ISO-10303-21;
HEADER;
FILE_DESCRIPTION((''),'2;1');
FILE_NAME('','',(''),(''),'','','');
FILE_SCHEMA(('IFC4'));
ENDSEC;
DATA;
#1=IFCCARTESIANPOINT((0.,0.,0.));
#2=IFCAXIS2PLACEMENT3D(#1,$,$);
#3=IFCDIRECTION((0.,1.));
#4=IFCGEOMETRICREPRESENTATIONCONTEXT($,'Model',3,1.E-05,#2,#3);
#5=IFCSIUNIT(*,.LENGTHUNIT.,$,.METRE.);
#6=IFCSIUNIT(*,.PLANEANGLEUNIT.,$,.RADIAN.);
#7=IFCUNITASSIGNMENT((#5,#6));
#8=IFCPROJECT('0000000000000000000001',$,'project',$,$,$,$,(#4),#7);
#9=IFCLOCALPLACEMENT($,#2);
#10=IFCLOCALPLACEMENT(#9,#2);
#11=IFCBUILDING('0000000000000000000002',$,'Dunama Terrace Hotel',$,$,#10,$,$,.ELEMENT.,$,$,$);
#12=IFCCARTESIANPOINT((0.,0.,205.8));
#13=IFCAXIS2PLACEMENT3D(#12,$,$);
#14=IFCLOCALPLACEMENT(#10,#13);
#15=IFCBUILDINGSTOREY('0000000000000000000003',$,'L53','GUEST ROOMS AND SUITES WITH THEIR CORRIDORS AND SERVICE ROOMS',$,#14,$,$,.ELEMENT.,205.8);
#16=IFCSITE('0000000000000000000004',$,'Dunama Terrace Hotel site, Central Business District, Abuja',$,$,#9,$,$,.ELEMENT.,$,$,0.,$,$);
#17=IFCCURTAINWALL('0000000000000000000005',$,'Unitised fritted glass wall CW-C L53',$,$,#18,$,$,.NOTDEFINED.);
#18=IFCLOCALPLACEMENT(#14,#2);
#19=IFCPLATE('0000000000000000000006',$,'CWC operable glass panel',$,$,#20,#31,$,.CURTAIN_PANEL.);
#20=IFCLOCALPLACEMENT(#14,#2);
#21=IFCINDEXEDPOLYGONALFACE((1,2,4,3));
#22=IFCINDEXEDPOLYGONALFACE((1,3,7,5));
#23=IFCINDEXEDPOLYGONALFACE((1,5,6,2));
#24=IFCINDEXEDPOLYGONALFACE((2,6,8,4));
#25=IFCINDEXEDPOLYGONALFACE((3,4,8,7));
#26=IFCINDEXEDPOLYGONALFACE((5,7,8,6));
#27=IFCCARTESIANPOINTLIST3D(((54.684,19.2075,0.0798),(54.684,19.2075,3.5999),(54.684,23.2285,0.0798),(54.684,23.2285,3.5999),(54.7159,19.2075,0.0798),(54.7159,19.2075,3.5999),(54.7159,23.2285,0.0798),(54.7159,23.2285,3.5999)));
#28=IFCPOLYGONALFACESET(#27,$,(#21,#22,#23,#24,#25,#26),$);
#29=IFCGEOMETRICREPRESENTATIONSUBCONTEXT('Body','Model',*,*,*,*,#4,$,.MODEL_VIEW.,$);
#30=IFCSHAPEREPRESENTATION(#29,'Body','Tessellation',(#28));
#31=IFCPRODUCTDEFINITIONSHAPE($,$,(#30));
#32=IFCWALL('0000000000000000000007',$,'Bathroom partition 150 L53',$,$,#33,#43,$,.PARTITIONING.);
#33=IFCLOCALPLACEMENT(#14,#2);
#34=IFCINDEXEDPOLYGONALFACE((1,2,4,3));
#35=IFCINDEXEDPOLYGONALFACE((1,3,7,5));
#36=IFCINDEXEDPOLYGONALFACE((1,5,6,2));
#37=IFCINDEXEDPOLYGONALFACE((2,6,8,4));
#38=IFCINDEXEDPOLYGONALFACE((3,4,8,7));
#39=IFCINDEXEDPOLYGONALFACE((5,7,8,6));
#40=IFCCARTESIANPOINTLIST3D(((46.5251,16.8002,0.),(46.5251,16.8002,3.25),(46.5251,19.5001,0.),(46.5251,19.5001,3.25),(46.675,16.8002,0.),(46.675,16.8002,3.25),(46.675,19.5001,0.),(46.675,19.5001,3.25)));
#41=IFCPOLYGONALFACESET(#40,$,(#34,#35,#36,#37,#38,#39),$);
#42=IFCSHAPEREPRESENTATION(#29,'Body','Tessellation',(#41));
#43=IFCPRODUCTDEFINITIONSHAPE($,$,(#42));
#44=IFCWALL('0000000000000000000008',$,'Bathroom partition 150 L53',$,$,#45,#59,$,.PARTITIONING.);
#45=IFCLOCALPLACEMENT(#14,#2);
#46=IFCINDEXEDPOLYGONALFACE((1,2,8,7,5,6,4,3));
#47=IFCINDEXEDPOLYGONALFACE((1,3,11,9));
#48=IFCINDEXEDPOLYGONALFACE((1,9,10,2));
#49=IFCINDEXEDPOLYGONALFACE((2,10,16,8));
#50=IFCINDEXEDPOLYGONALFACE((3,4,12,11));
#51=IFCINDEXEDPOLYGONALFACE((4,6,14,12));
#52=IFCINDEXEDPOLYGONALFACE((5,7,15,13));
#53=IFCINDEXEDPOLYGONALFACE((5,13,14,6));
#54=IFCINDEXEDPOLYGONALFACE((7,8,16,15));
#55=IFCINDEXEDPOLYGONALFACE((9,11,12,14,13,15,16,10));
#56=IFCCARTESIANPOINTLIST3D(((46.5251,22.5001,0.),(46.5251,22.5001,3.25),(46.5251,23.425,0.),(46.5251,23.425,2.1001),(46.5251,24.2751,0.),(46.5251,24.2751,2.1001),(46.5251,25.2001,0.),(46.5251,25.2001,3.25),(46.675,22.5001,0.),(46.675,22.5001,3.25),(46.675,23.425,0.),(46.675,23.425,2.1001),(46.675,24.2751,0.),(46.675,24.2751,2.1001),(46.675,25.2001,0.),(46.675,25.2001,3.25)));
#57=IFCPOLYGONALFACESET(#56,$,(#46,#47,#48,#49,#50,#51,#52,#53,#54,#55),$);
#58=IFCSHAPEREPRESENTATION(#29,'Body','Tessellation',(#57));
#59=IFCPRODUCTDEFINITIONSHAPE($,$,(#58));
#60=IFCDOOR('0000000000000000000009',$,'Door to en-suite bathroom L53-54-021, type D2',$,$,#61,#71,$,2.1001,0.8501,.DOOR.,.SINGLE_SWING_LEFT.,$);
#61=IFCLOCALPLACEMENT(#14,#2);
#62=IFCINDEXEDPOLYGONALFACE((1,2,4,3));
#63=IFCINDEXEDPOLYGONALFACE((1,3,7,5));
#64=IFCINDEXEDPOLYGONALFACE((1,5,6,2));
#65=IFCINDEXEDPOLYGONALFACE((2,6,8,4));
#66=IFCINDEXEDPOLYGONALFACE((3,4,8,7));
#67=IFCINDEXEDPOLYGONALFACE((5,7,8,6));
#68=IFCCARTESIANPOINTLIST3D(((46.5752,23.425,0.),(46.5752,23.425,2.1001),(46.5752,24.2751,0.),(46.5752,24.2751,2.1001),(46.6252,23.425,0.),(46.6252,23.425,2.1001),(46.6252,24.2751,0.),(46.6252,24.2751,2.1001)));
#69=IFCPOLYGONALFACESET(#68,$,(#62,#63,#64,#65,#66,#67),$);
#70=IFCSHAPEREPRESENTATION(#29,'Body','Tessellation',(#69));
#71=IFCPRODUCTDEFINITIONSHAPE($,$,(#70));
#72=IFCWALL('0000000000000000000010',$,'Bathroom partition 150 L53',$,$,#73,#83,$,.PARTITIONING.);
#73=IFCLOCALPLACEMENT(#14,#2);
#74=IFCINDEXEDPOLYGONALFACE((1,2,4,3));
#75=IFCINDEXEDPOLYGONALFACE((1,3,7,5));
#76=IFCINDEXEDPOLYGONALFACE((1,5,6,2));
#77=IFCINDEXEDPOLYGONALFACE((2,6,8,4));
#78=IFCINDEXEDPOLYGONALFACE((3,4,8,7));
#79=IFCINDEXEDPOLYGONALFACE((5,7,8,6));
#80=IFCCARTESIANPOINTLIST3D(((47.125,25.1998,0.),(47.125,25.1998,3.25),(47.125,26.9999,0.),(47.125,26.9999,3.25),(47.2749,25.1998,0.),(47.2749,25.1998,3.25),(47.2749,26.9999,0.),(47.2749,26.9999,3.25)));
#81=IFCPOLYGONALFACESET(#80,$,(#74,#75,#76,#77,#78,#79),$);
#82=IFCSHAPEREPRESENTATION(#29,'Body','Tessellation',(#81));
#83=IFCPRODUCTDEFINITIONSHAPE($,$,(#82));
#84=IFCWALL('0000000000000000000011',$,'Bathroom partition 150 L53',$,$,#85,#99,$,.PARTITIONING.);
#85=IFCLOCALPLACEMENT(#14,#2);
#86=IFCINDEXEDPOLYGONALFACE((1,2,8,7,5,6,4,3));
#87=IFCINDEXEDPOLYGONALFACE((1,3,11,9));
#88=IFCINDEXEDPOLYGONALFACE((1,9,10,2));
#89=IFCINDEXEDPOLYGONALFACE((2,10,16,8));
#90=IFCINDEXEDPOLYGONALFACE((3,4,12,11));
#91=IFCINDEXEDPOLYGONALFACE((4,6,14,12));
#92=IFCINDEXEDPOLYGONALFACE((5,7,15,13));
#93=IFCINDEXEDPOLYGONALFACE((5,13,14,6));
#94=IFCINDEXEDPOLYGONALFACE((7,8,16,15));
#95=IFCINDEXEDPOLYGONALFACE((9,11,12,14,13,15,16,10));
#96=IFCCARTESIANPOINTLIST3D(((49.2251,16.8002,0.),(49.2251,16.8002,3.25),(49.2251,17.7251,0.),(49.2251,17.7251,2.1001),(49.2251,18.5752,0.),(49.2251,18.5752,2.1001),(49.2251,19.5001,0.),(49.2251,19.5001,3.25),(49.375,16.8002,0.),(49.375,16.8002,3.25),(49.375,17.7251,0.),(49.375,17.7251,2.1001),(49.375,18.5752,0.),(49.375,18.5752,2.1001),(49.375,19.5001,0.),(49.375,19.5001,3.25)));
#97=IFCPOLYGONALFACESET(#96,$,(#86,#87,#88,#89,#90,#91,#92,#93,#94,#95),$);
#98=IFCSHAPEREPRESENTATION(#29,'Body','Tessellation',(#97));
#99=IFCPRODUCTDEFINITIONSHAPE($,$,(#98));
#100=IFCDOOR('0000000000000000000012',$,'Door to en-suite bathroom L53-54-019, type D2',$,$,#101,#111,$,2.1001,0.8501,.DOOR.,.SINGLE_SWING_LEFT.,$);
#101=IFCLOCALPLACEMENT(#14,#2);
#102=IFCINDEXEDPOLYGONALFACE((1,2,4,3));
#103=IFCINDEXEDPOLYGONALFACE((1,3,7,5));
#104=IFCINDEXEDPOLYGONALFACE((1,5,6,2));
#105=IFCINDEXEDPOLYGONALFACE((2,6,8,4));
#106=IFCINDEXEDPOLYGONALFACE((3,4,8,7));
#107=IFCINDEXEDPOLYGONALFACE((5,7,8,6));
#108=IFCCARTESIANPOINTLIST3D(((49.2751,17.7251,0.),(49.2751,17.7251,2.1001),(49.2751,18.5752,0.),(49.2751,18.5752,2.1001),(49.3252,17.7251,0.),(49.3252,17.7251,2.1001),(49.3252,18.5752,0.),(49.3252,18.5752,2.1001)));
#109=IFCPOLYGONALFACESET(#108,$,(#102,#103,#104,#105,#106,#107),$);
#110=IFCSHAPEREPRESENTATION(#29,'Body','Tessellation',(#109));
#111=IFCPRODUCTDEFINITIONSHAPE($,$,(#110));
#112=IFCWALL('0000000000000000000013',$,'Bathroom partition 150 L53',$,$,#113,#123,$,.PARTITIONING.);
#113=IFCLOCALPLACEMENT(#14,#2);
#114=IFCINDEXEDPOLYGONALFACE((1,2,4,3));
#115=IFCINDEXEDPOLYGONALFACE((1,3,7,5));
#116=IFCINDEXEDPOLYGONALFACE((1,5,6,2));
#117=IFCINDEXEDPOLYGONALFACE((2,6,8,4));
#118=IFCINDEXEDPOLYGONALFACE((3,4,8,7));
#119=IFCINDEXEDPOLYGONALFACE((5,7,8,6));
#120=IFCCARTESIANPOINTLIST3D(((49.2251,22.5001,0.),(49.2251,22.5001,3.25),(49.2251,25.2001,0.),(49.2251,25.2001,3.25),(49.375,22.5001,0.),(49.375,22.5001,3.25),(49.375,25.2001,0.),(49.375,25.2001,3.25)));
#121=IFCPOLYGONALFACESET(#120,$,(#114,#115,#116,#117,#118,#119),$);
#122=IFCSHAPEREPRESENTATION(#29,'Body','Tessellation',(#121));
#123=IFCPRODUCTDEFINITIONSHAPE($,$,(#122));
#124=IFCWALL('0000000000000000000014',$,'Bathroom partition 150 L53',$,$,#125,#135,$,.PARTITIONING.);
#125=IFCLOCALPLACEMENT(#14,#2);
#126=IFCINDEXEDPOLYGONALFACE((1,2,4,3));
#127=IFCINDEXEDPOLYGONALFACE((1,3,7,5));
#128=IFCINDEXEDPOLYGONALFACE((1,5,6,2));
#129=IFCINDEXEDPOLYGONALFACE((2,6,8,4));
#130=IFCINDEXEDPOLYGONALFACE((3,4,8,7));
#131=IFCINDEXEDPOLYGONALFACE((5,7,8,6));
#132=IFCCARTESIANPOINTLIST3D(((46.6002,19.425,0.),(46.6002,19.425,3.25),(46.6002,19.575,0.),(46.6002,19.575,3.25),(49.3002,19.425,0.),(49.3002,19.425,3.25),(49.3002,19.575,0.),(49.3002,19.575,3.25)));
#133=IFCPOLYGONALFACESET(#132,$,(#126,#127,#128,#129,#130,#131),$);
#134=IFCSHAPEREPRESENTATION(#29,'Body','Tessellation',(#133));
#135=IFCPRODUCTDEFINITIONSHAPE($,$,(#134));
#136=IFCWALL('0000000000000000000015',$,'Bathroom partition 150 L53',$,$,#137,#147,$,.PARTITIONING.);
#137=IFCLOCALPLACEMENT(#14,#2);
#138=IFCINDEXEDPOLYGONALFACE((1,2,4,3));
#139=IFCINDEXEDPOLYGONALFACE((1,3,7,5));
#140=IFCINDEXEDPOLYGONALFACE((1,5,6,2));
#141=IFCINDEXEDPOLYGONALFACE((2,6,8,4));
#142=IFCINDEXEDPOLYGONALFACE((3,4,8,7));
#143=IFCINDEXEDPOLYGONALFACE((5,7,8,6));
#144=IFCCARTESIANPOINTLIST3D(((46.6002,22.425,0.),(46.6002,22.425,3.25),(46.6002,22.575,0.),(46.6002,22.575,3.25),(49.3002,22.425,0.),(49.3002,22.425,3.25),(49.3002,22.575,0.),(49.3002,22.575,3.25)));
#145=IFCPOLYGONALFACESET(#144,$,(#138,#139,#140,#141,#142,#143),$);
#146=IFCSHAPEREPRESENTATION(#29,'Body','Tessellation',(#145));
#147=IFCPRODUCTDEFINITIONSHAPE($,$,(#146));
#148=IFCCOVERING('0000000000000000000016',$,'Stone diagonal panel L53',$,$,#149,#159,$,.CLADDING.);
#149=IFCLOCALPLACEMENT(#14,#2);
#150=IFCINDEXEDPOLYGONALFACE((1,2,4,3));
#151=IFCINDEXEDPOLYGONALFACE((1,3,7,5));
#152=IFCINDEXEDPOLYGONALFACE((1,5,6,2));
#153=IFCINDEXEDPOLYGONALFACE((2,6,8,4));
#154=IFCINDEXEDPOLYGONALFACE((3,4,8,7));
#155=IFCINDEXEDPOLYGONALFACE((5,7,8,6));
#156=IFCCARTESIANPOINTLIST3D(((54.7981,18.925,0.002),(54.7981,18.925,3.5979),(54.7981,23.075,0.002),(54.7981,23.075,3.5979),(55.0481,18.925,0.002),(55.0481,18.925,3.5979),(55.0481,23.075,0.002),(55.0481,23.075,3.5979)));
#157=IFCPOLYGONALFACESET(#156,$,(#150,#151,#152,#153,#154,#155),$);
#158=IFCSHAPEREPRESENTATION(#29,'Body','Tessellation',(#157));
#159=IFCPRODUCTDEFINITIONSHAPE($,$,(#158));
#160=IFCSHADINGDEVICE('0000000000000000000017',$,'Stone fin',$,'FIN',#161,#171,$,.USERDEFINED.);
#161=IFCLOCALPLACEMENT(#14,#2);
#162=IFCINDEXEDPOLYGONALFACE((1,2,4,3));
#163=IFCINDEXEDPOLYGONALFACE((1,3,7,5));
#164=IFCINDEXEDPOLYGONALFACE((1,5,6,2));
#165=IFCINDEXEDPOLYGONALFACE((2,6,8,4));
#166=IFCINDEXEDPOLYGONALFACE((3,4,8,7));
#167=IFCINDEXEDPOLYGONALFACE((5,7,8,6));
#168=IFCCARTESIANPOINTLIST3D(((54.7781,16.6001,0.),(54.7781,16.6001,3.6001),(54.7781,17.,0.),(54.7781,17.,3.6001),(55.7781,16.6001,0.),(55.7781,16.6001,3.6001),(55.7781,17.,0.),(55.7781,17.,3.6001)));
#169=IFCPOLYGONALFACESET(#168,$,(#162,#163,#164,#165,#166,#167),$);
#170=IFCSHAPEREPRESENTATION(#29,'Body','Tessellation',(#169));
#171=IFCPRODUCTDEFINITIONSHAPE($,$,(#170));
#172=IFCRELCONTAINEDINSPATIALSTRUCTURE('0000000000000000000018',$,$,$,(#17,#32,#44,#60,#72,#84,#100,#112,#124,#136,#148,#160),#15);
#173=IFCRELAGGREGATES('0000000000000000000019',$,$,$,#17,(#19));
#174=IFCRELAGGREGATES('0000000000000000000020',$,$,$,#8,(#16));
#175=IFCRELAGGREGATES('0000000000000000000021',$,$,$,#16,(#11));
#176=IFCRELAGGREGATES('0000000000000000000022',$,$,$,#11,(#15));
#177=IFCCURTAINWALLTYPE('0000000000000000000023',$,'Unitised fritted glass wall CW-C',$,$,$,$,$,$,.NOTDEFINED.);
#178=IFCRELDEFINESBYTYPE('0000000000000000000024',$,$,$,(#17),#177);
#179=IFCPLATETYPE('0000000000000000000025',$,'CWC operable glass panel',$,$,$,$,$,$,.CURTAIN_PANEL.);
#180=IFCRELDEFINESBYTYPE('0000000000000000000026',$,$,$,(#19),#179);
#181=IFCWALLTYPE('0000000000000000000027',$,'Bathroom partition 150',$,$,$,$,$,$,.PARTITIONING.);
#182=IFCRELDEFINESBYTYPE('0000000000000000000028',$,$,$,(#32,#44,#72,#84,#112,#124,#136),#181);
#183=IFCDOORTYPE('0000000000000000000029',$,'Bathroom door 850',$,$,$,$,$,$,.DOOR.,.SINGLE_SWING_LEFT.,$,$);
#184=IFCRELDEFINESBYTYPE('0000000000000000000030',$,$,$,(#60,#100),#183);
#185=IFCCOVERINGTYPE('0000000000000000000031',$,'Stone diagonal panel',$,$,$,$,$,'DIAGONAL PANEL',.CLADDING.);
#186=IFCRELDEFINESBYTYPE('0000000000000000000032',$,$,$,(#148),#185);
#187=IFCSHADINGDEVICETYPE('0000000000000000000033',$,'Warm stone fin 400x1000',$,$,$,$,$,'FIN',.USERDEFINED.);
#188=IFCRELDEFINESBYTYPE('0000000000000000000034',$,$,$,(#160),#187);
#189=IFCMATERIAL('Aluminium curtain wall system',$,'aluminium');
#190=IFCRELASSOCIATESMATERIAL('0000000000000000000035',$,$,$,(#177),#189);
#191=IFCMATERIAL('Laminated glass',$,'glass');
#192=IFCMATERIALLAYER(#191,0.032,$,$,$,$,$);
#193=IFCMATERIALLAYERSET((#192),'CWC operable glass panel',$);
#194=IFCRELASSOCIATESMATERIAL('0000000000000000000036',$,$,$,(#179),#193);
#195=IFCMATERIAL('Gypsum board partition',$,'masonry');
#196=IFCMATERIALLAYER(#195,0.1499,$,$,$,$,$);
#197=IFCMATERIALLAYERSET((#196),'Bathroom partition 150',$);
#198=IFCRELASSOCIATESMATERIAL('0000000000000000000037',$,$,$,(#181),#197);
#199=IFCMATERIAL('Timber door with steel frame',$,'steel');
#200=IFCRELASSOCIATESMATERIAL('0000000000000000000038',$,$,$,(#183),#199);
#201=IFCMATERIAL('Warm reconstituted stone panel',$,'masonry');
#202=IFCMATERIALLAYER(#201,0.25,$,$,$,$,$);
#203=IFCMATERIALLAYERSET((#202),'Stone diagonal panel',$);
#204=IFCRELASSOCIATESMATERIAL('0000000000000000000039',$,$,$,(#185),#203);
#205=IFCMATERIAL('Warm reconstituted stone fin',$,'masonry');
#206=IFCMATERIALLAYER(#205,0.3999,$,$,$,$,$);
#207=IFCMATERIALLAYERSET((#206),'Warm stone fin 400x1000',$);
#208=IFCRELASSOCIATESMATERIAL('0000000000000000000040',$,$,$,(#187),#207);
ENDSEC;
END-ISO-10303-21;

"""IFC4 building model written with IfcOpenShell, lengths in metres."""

from ifc_helpers import new_model, si_unit, direction, frame, frame_2d, origin, origin_2d, place, context, subcontext, project, spatial, rectangle, extrude, material, layer, layer_set, type_object, element, fill, aggregate, save


model = new_model("IFC4")

# Units and contexts
model_context = context("Model", 3, precision=1e-05, world=origin(), true_north=direction((0.0, 1.0)))
body_context = subcontext(model_context, "Body", "Model", "MODEL_VIEW")
ifc_project = project(units=[si_unit("LENGTHUNIT", "METRE"), si_unit("PLANEANGLEUNIT", "RADIAN")], contexts=[model_context])

# Site, building, storey
site_placement = place(None, origin())
site = spatial("IfcSite", under=ifc_project, at=site_placement, Name="Dunama Terrace Hotel site, Central Business District, Abuja", CompositionType="ELEMENT", RefElevation=0.0)
building_placement = place(site_placement, origin())
building = spatial("IfcBuilding", under=site, at=building_placement, Name="Dunama Terrace Hotel", CompositionType="ELEMENT")
storey_placement = place(building_placement, frame((0.0, 0.0, 205.8)))
storey = spatial("IfcBuildingStorey", under=building, at=storey_placement, Name="L53", Description="GUEST ROOMS AND SUITES WITH THEIR CORRIDORS AND SERVICE ROOMS", CompositionType="ELEMENT", Elevation=205.8)

# Curtain wall
ifc_material_1 = material(Name="Aluminium curtain wall system", Category="aluminium")
curtain_wall_type = type_object("IfcCurtainWallType", Name="Unitised fritted glass wall CW-C", PredefinedType="NOTDEFINED", material=ifc_material_1)
curtain_wall_placement = place(storey_placement, origin())
curtain_wall = element("IfcCurtainWall", 1, at=curtain_wall_placement, inside=storey, type_object=curtain_wall_type, Name="Unitised fritted glass wall CW-C L53", PredefinedType="NOTDEFINED")

# Plate
ifc_material_2 = material(Name="Laminated glass", Category="glass")
ifc_layer_1 = layer(ifc_material_2, 0.032)
ifc_layer_set_1 = layer_set([ifc_layer_1], Name="CWC operable glass panel")
plate_type_1 = type_object("IfcPlateType", Name="CWC operable glass panel", PredefinedType="CURTAIN_PANEL", material=ifc_layer_set_1)
plate_1_placement = place(storey_placement, frame((54.7, 21.218, 0.0798), z_axis=(0.0, 0.0, 1.0), x_axis=(0.0, 1.0, 0.0)))
plate_1 = element("IfcPlate", 2, at=plate_1_placement, type_object=plate_type_1, Name="CWC operable glass panel", PredefinedType="CURTAIN_PANEL", context=body_context, shape_type="SweptSolid", body=[
    extrude(rectangle(XDim=4.021, YDim=0.032, at=origin_2d()), origin(), (0.0, 0.0, 1.0), 3.52),
])
aggregate(curtain_wall, [plate_1])

# Wall
ifc_material_3 = material(Name="Gypsum board partition", Category="masonry")
ifc_layer_2 = layer(ifc_material_3, 0.1499)
ifc_layer_set_2 = layer_set([ifc_layer_2], Name="Bathroom partition 150")
wall_type = type_object("IfcWallType", Name="Bathroom partition 150", PredefinedType="PARTITIONING", material=ifc_layer_set_2)
wall_1_placement = place(storey_placement, frame((46.6001, 16.8, 0.0), z_axis=(0.0, 0.0, 1.0), x_axis=(0.0, 1.0, 0.0)))
element("IfcWall", 3, at=wall_1_placement, inside=storey, type_object=wall_type, Name="Bathroom partition 150 L53", PredefinedType="PARTITIONING", context=body_context, shape_type="SweptSolid", body=[
    extrude(rectangle(XDim=2.7, YDim=0.1499, at=frame_2d((1.3501, 0.0))), origin(), (0.0, 0.0, 1.0), 3.25),
])

# Wall, opening, door
wall_2_placement = place(storey_placement, frame((46.6001, 22.5, 0.0), z_axis=(0.0, 0.0, 1.0), x_axis=(0.0, 1.0, 0.0)))
wall_2 = element("IfcWall", 4, at=wall_2_placement, inside=storey, type_object=wall_type, Name="Bathroom partition 150 L53", PredefinedType="PARTITIONING", context=body_context, shape_type="SweptSolid", body=[
    extrude(rectangle(XDim=2.7, YDim=0.1499, at=frame_2d((1.3501, 0.0))), origin(), (0.0, 0.0, 1.0), 3.25),
])
opening_1_placement = place(wall_2_placement, frame((0.925, 0.0, 0.0)))
opening_1 = element("IfcOpeningElement", 5, at=opening_1_placement, cuts=wall_2, PredefinedType="OPENING", context=body_context, shape_type="SweptSolid", body=[
    extrude(rectangle(XDim=0.8501, YDim=2.1001, at=frame_2d((0.425, 1.05))), frame((0.0, 0.085, 0.0), z_axis=(0.0, -1.0, 0.0), x_axis=(1.0, 0.0, 0.0)), (0.0, 0.0, 1.0), 0.1699),
])
ifc_material_4 = material(Name="Timber door with steel frame", Category="steel")
door_type = type_object("IfcDoorType", Name="Bathroom door 850", OperationType="SINGLE_SWING_LEFT", PredefinedType="DOOR", material=ifc_material_4)
door_1_placement = place(opening_1_placement, frame((0.8501, 0.0, 0.0), z_axis=(0.0, 0.0, 1.0), x_axis=(-1.0, 0.0, 0.0)))
door_1 = element("IfcDoor", 6, at=door_1_placement, inside=storey, type_object=door_type, Name="Door to en-suite bathroom L53-54-021, type D2", OperationType="SINGLE_SWING_LEFT", OverallHeight=2.1001, OverallWidth=0.8501, PredefinedType="DOOR", context=body_context, shape_type="SweptSolid", body=[
    extrude(rectangle(XDim=0.8501, YDim=2.1001, at=frame_2d((0.425, 1.05))), frame((0.0, 0.0251, 0.0), z_axis=(0.0, -1.0, 0.0), x_axis=(1.0, 0.0, 0.0)), (0.0, 0.0, 1.0), 0.05),
])
fill(opening_1, door_1)

# Wall
wall_3_placement = place(storey_placement, frame((47.2, 25.2, 0.0), z_axis=(0.0, 0.0, 1.0), x_axis=(0.0, 1.0, 0.0)))
element("IfcWall", 7, at=wall_3_placement, inside=storey, type_object=wall_type, Name="Bathroom partition 150 L53", PredefinedType="PARTITIONING", context=body_context, shape_type="SweptSolid", body=[
    extrude(rectangle(XDim=1.8, YDim=0.1499, at=frame_2d((0.8999, 0.0))), origin(), (0.0, 0.0, 1.0), 3.25),
])

# Wall, opening, door
wall_4_placement = place(storey_placement, frame((49.3, 16.8, 0.0), z_axis=(0.0, 0.0, 1.0), x_axis=(0.0, 1.0, 0.0)))
wall_4 = element("IfcWall", 8, at=wall_4_placement, inside=storey, type_object=wall_type, Name="Bathroom partition 150 L53", PredefinedType="PARTITIONING", context=body_context, shape_type="SweptSolid", body=[
    extrude(rectangle(XDim=2.7, YDim=0.1499, at=frame_2d((1.3501, 0.0))), origin(), (0.0, 0.0, 1.0), 3.25),
])
opening_2_placement = place(wall_4_placement, frame((0.925, 0.0, 0.0)))
opening_2 = element("IfcOpeningElement", 9, at=opening_2_placement, cuts=wall_4, PredefinedType="OPENING", context=body_context, shape_type="SweptSolid", body=[
    extrude(rectangle(XDim=0.8501, YDim=2.1001, at=frame_2d((0.425, 1.05))), frame((0.0, 0.085, 0.0), z_axis=(0.0, -1.0, 0.0), x_axis=(1.0, 0.0, 0.0)), (0.0, 0.0, 1.0), 0.1699),
])
door_2_placement = place(opening_2_placement, origin())
door_2 = element("IfcDoor", 10, at=door_2_placement, inside=storey, type_object=door_type, Name="Door to en-suite bathroom L53-54-019, type D2", OperationType="SINGLE_SWING_LEFT", OverallHeight=2.1001, OverallWidth=0.8501, PredefinedType="DOOR", context=body_context, shape_type="SweptSolid", body=[
    extrude(rectangle(XDim=0.8501, YDim=2.1001, at=frame_2d((0.425, 1.05))), frame((0.0, 0.0249, 0.0), z_axis=(0.0, -1.0, 0.0), x_axis=(1.0, 0.0, 0.0)), (0.0, 0.0, 1.0), 0.05),
])
fill(opening_2, door_2)

# Walls
for number, where, z_axis, x_axis, name in (
    (11, (49.3, 22.5, 0.0), (0.0, 0.0, 1.0), (0.0, 1.0, 0.0), "Bathroom partition 150 L53"),
    (12, (46.6001, 19.5, 0.0), (0.0, 0.0, 1.0), (1.0, 0.0, 0.0), "Bathroom partition 150 L53"),
    (13, (46.6001, 22.5, 0.0), (0.0, 0.0, 1.0), (1.0, 0.0, 0.0), "Bathroom partition 150 L53"),
):
    element("IfcWall", number, at=place(storey_placement, frame(where, z_axis=z_axis, x_axis=x_axis)), inside=storey, type_object=wall_type, Name=name, PredefinedType="PARTITIONING", context=body_context, shape_type="SweptSolid", body=[
        extrude(rectangle(XDim=2.7, YDim=0.1499, at=frame_2d((1.3501, 0.0))), origin(), (0.0, 0.0, 1.0), 3.25),
    ])

# Covering
ifc_material_5 = material(Name="Warm reconstituted stone panel", Category="masonry")
ifc_layer_3 = layer(ifc_material_5, 0.25)
ifc_layer_set_3 = layer_set([ifc_layer_3], Name="Stone diagonal panel")
covering_type = type_object("IfcCoveringType", Name="Stone diagonal panel", ElementType="DIAGONAL PANEL", PredefinedType="CLADDING", material=ifc_layer_set_3)
covering_placement = place(storey_placement, frame((54.9231, 21.0, 0.002), z_axis=(0.0, 0.0, 1.0), x_axis=(0.0, 1.0, 0.0)))
element("IfcCovering", 14, at=covering_placement, inside=storey, type_object=covering_type, Name="Stone diagonal panel L53", PredefinedType="CLADDING", context=body_context, shape_type="SweptSolid", body=[
    extrude(rectangle(XDim=4.1499, YDim=0.25, at=origin_2d()), origin(), (0.0, 0.0, 1.0), 3.5959),
])

# Shading device
ifc_material_6 = material(Name="Warm reconstituted stone fin", Category="masonry")
ifc_layer_4 = layer(ifc_material_6, 0.3999)
ifc_layer_set_4 = layer_set([ifc_layer_4], Name="Warm stone fin 400x1000")
shading_device_type = type_object("IfcShadingDeviceType", Name="Warm stone fin 400x1000", ElementType="FIN", PredefinedType="USERDEFINED", material=ifc_layer_set_4)
shading_device_placement = place(storey_placement, frame((55.2781, 16.8, 0.0), z_axis=(0.0, 0.0, 1.0), x_axis=(0.0, 1.0, 0.0)))
element("IfcShadingDevice", 15, at=shading_device_placement, inside=storey, type_object=shading_device_type, Name="Stone fin", ObjectType="FIN", PredefinedType="USERDEFINED", context=body_context, shape_type="SweptSolid", body=[
    extrude(rectangle(XDim=0.3999, YDim=1.0, at=origin_2d()), origin(), (0.0, 0.0, 1.0), 3.6001),
])

save(model, "model.ifc")
